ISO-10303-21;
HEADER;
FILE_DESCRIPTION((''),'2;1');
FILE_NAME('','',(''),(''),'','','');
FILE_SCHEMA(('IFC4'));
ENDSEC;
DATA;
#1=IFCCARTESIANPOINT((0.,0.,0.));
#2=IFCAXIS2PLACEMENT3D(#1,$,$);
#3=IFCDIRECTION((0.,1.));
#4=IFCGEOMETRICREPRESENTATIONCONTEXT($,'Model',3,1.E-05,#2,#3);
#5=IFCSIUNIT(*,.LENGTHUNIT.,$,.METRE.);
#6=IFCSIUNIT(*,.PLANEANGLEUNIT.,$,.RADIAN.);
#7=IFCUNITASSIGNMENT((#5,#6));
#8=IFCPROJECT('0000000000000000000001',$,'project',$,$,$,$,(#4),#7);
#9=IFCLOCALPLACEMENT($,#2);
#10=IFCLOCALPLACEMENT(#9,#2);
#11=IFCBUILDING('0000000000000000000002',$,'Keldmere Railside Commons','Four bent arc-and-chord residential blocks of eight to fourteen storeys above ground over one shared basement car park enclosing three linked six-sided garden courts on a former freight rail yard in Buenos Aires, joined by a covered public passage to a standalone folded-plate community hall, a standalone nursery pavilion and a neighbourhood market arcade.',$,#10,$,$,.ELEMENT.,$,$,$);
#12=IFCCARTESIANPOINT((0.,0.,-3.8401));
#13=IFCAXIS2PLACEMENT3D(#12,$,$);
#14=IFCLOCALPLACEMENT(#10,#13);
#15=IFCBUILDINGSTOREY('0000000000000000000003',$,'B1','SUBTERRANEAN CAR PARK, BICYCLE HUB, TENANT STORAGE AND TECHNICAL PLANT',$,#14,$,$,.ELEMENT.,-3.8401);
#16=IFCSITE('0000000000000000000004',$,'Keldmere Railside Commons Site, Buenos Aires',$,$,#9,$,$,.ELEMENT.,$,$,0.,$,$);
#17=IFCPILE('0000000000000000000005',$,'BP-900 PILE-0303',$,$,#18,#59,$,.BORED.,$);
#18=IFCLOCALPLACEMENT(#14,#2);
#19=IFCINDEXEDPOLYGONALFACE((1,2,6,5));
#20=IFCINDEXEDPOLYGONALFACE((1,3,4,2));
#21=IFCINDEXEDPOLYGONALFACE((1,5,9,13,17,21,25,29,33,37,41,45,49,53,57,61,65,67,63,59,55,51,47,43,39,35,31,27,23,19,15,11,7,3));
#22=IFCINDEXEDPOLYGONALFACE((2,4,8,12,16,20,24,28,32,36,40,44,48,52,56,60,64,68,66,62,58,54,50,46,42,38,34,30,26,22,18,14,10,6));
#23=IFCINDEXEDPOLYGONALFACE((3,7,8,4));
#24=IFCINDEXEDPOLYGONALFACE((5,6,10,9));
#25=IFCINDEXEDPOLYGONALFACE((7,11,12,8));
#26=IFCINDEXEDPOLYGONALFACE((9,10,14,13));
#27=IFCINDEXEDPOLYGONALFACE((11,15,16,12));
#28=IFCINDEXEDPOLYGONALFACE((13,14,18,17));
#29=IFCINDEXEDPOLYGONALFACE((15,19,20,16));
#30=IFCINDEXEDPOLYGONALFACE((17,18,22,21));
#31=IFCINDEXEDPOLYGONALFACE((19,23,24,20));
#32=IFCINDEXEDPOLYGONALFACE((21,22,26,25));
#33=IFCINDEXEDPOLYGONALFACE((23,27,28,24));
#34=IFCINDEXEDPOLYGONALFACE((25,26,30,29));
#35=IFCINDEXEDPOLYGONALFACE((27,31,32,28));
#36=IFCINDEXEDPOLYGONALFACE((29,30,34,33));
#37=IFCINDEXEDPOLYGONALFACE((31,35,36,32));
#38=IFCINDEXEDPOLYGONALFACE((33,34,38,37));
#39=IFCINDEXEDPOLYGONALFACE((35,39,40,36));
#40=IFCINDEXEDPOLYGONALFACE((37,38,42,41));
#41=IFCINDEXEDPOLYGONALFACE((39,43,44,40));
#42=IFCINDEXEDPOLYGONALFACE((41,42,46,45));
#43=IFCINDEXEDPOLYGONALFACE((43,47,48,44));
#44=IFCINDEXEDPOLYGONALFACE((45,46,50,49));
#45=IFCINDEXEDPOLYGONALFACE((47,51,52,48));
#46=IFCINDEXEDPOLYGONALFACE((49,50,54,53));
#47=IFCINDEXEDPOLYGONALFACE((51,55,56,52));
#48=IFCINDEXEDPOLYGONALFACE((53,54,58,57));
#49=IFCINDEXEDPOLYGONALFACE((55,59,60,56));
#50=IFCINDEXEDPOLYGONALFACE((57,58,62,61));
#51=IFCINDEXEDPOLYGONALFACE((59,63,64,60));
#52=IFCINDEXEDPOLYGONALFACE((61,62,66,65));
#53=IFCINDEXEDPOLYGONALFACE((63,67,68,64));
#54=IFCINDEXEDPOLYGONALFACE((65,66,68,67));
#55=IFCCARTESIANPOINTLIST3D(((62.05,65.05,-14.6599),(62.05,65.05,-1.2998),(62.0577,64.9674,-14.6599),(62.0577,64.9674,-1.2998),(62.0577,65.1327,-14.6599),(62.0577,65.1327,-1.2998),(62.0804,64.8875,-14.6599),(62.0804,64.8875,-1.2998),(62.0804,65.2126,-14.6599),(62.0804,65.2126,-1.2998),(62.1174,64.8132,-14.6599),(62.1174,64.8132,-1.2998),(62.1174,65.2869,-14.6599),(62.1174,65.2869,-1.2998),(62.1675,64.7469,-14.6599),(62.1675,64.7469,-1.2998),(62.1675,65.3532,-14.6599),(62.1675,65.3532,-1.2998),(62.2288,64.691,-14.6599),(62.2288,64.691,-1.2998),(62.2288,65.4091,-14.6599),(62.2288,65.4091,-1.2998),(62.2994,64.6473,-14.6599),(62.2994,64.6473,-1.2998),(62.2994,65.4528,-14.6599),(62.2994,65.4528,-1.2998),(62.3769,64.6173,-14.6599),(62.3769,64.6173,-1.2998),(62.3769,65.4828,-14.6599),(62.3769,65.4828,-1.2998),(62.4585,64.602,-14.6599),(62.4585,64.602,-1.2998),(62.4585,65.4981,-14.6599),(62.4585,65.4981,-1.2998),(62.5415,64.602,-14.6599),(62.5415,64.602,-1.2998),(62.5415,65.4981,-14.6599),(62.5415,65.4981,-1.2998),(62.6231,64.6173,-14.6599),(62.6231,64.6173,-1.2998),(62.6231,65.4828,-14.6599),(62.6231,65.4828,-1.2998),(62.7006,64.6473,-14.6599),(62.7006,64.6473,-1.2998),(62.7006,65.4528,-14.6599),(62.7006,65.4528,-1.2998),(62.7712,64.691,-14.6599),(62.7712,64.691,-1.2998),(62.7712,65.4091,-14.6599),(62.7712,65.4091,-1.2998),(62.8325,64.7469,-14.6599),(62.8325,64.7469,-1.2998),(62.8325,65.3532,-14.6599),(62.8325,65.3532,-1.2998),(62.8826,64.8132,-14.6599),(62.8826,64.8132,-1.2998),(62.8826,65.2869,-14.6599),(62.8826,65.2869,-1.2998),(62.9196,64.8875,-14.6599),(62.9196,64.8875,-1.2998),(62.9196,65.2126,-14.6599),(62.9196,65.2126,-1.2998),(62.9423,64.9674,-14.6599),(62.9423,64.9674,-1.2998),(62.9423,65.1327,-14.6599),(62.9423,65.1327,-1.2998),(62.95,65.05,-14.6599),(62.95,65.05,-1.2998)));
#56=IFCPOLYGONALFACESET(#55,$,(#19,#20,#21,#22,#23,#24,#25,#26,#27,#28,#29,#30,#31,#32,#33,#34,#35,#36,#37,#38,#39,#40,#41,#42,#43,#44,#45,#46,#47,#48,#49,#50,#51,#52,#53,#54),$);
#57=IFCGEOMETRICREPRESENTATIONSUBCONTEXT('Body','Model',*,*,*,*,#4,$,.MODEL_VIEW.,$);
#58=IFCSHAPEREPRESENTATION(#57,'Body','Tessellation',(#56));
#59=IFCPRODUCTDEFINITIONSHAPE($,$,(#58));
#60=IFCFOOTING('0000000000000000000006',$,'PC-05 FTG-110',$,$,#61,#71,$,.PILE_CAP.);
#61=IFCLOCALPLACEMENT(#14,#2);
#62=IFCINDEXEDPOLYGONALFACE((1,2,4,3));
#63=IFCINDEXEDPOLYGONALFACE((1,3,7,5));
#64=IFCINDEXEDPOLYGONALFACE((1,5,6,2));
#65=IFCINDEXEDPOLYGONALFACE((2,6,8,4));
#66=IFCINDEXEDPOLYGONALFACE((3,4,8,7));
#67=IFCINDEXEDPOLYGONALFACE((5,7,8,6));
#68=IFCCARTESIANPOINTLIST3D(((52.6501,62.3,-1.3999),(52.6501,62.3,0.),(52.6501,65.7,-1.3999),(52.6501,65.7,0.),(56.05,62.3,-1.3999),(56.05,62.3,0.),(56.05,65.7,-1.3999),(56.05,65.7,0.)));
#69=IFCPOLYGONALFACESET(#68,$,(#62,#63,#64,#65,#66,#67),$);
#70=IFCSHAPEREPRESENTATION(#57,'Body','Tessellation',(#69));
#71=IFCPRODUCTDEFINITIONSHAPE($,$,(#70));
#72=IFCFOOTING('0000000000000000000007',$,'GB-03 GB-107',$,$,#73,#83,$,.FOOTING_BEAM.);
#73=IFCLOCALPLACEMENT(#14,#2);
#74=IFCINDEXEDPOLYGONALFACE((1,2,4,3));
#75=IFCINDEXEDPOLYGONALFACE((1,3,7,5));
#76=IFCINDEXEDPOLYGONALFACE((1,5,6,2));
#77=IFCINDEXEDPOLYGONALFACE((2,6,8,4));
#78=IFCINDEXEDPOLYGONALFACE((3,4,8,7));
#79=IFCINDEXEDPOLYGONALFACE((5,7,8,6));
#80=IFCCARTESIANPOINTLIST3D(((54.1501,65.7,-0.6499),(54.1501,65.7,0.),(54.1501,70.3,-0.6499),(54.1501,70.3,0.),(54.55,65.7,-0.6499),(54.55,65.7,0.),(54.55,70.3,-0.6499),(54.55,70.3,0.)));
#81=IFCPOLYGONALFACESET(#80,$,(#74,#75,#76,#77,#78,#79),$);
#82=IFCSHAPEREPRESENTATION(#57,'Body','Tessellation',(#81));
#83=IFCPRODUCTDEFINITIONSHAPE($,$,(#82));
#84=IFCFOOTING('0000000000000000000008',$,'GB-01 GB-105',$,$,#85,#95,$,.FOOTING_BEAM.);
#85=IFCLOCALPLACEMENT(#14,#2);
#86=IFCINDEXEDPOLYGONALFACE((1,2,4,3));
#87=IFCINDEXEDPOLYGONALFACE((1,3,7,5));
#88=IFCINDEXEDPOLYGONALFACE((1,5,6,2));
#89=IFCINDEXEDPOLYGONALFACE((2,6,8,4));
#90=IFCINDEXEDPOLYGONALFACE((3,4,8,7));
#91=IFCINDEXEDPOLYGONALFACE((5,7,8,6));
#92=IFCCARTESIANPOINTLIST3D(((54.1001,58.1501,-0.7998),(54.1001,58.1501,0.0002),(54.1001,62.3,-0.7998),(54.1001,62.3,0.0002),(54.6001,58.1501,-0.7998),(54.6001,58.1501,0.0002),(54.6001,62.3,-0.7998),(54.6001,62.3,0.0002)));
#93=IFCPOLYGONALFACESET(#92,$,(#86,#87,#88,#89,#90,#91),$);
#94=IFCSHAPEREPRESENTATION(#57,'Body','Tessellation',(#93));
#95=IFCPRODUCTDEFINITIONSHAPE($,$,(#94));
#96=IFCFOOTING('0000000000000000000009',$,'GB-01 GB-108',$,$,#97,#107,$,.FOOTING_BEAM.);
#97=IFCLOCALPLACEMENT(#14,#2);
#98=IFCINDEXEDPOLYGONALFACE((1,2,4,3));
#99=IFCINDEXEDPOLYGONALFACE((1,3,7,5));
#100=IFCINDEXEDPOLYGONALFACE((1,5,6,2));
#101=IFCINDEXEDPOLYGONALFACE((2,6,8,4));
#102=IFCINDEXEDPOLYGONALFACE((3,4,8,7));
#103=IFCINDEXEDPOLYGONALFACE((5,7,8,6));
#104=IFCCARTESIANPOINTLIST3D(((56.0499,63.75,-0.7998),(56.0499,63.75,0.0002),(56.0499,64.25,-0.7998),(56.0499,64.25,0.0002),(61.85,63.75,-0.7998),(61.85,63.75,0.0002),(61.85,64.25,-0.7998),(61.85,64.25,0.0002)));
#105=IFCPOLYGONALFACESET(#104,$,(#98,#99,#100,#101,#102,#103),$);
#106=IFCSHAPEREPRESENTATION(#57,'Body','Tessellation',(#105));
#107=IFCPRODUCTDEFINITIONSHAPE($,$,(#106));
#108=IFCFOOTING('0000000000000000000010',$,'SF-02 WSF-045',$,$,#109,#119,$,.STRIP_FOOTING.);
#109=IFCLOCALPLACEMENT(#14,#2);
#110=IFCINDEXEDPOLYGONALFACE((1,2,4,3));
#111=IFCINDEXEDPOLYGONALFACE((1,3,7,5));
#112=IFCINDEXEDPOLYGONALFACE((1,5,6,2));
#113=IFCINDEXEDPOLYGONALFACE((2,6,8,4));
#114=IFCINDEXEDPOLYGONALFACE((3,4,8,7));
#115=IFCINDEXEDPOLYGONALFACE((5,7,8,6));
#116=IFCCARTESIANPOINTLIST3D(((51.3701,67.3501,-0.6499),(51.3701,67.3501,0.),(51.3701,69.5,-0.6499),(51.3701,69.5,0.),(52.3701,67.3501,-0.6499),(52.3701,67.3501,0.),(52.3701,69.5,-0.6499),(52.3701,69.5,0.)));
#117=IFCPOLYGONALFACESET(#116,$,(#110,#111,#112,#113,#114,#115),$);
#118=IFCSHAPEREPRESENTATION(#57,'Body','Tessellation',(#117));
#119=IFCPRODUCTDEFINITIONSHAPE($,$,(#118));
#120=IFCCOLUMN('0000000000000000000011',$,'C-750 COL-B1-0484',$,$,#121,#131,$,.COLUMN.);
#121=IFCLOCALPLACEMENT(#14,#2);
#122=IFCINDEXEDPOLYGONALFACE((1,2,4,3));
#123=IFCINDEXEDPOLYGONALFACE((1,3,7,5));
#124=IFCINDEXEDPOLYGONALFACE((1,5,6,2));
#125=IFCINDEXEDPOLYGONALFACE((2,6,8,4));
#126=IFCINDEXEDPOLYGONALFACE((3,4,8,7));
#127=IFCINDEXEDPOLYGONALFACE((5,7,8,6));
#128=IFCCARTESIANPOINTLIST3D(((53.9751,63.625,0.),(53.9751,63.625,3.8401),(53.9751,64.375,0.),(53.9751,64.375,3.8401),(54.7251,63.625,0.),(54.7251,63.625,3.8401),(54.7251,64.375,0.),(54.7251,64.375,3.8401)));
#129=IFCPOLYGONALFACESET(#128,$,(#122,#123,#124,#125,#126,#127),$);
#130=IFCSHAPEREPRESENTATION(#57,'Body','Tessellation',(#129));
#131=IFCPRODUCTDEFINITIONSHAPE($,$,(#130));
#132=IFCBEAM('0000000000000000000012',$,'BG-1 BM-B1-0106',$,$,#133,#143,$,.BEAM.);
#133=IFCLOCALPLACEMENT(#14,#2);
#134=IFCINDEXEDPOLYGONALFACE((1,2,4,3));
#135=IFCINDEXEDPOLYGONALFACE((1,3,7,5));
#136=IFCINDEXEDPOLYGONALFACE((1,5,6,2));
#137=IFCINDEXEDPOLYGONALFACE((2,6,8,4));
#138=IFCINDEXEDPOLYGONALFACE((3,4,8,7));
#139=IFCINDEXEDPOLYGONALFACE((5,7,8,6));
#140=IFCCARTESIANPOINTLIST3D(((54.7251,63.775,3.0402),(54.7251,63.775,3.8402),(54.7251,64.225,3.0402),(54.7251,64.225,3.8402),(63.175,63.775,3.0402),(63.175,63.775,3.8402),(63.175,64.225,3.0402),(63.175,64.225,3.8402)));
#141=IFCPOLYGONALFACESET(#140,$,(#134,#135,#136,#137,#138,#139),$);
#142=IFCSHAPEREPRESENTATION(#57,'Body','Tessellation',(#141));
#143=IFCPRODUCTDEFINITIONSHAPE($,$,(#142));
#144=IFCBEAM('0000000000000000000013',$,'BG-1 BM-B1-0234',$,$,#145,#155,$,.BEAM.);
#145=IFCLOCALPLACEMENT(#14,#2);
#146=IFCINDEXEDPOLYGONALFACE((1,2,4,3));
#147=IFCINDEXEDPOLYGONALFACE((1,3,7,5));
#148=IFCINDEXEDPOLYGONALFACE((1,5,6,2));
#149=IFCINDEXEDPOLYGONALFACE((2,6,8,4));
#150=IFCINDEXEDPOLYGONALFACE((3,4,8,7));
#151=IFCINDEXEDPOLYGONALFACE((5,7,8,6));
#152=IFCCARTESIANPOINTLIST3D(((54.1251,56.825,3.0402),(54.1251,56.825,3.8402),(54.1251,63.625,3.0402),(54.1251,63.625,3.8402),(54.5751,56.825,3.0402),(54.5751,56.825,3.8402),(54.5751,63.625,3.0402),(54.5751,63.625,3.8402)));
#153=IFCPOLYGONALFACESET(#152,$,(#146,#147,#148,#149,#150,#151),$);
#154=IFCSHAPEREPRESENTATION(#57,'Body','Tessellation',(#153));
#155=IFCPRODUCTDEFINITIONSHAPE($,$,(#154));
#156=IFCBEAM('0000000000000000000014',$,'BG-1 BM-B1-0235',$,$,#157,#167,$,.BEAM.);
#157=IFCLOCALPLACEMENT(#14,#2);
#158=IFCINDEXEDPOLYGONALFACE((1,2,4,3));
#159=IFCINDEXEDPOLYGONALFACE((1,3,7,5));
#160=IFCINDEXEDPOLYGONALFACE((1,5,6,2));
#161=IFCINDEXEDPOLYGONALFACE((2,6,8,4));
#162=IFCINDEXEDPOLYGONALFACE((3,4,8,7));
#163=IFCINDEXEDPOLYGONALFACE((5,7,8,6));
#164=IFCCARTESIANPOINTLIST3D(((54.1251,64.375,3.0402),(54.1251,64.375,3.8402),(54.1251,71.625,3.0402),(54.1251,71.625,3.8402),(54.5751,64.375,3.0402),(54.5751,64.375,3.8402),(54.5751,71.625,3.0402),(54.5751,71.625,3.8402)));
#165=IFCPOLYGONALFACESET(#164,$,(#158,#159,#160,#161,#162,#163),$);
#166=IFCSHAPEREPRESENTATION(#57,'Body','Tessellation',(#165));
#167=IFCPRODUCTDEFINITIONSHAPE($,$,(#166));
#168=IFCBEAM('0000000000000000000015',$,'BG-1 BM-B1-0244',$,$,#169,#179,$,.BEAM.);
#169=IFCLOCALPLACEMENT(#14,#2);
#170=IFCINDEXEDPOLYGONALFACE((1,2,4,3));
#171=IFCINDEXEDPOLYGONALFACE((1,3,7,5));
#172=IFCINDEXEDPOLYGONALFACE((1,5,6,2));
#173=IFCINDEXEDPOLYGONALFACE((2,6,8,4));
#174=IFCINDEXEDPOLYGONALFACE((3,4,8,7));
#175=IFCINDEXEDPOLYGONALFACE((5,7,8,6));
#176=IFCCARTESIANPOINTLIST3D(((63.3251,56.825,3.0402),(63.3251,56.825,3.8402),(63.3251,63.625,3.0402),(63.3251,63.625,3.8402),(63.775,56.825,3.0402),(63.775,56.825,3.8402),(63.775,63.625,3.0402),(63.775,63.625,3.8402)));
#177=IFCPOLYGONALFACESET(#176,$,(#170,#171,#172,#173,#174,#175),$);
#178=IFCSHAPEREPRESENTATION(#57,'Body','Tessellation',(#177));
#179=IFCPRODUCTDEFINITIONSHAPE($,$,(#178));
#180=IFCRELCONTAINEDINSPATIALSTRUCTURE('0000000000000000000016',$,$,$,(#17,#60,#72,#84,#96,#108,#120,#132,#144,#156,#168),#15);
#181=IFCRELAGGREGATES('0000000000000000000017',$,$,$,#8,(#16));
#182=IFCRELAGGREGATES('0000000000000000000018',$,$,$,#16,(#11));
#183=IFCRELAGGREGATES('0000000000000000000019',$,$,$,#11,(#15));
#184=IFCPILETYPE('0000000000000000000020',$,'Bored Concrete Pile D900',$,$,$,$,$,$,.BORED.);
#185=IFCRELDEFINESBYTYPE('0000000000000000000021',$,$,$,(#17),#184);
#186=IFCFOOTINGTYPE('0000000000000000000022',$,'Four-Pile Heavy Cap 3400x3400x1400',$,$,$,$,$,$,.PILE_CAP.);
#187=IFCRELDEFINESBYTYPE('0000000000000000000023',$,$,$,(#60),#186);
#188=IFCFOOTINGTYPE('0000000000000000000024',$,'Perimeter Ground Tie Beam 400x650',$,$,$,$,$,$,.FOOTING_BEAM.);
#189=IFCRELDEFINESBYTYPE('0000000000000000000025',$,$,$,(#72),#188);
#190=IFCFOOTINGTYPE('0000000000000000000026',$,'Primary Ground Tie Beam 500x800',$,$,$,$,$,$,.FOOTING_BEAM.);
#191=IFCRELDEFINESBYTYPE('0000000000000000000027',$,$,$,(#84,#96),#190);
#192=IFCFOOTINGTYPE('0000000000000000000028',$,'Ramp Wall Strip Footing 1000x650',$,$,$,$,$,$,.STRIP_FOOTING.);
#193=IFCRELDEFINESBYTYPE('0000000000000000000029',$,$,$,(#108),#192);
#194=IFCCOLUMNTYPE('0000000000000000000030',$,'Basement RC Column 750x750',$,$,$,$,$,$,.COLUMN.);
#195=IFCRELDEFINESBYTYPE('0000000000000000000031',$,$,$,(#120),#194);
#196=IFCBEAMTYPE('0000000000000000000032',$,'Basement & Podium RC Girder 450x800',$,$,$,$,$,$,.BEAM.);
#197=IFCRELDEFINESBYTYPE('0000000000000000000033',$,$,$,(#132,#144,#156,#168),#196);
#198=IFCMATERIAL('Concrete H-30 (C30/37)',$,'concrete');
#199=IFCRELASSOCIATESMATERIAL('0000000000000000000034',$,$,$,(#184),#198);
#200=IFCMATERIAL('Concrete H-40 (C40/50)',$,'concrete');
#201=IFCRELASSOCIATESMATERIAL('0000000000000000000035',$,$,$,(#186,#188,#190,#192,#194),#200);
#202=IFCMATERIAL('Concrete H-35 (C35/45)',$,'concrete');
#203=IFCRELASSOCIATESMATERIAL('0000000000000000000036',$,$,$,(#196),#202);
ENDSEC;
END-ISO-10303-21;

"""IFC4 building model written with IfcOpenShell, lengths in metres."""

from ifc_helpers import new_model, si_unit, direction, frame, origin, origin_2d, place, context, subcontext, project, spatial, rectangle, circle, extrude, material, material_profile, profile_set, type_object, element, save


model = new_model("IFC4")

# Units and contexts
model_context = context("Model", 3, precision=1e-05, world=origin(), true_north=direction((0.0, 1.0)))
body_context = subcontext(model_context, "Body", "Model", "MODEL_VIEW")
ifc_project = project(units=[si_unit("LENGTHUNIT", "METRE"), si_unit("PLANEANGLEUNIT", "RADIAN")], contexts=[model_context])

# Site, building, storey
site_placement = place(None, origin())
site = spatial("IfcSite", under=ifc_project, at=site_placement, Name="Keldmere Railside Commons Site, Buenos Aires", CompositionType="ELEMENT", RefElevation=0.0)
building_placement = place(site_placement, origin())
building = spatial("IfcBuilding", under=site, at=building_placement, Name="Keldmere Railside Commons", Description="Four bent arc-and-chord residential blocks of eight to fourteen storeys above ground over one shared basement car park enclosing three linked six-sided garden courts on a former freight rail yard in Buenos Aires, joined by a covered public passage to a standalone folded-plate community hall, a standalone nursery pavilion and a neighbourhood market arcade.", CompositionType="ELEMENT")
storey_placement = place(building_placement, frame((0.0, 0.0, -3.8401)))
storey = spatial("IfcBuildingStorey", under=building, at=storey_placement, Name="B1", Description="SUBTERRANEAN CAR PARK, BICYCLE HUB, TENANT STORAGE AND TECHNICAL PLANT", CompositionType="ELEMENT", Elevation=-3.8401)

# Pile
ifc_material_1 = material(Name="Concrete H-30 (C30/37)", Category="concrete")
ifc_material_profile_1 = material_profile(ifc_material_1, circle(Radius=0.45, at=origin_2d()), Name="PILE-D900")
ifc_profile_set_1 = profile_set([ifc_material_profile_1], Name="Concrete H-30 (C30/37)")
pile_type = type_object("IfcPileType", Name="Bored Concrete Pile D900", PredefinedType="BORED", material=ifc_profile_set_1)
for number, where, z_axis, x_axis, name in (
    (1, (62.5, 65.05, -1.2998), (0.0, 0.0, -1.0), (1.0, 0.0, 0.0), "BP-900 PILE-0303"),
):
    element("IfcPile", number, at=place(storey_placement, frame(where, z_axis=z_axis, x_axis=x_axis)), inside=storey, type_object=pile_type, Name=name, PredefinedType="BORED", context=body_context, shape_type="SweptSolid", body=[
        extrude(circle(Radius=0.45, at=origin_2d()), origin(), (0.0, 0.0, 1.0), 13.3601),
    ])

# Footings
ifc_material_2 = material(Name="Concrete H-40 (C40/50)", Category="concrete")
footing_type_1 = type_object("IfcFootingType", Name="Four-Pile Heavy Cap 3400x3400x1400", PredefinedType="PILE_CAP", material=ifc_material_2)
footing_1_placement = place(storey_placement, frame((54.3501, 64.0, -1.3999), z_axis=(0.0, 0.0, 1.0), x_axis=(1.0, 0.0, 0.0)))
element("IfcFooting", 2, at=footing_1_placement, inside=storey, type_object=footing_type_1, Name="PC-05 FTG-110", PredefinedType="PILE_CAP", context=body_context, shape_type="SweptSolid", body=[
    extrude(rectangle(XDim=3.3999, YDim=3.3999, at=origin_2d()), origin(), (0.0, 0.0, 1.0), 1.3999),
])
footing_type_2 = type_object("IfcFootingType", Name="Perimeter Ground Tie Beam 400x650", PredefinedType="FOOTING_BEAM", material=ifc_material_2)
footing_2_placement = place(storey_placement, frame((54.3501, 68.0, -0.6499), z_axis=(0.0, 0.0, 1.0), x_axis=(0.0, 1.0, 0.0)))
element("IfcFooting", 3, at=footing_2_placement, inside=storey, type_object=footing_type_2, Name="GB-03 GB-107", PredefinedType="FOOTING_BEAM", context=body_context, shape_type="SweptSolid", body=[
    extrude(rectangle(XDim=4.6001, YDim=0.3999, at=origin_2d()), origin(), (0.0, 0.0, 1.0), 0.6499),
])
footing_type_3 = type_object("IfcFootingType", Name="Primary Ground Tie Beam 500x800", PredefinedType="FOOTING_BEAM", material=ifc_material_2)
footing_3_placement = place(storey_placement, frame((54.3501, 60.2251, -0.7998), z_axis=(0.0, 0.0, 1.0), x_axis=(0.0, 1.0, 0.0)))
element("IfcFooting", 4, at=footing_3_placement, inside=storey, type_object=footing_type_3, Name="GB-01 GB-105", PredefinedType="FOOTING_BEAM", context=body_context, shape_type="SweptSolid", body=[
    extrude(rectangle(XDim=4.1499, YDim=0.5, at=origin_2d()), origin(), (0.0, 0.0, 1.0), 0.8),
])
footing_4_placement = place(storey_placement, frame((58.95, 64.0, -0.7998), z_axis=(0.0, 0.0, 1.0), x_axis=(1.0, 0.0, 0.0)))
element("IfcFooting", 5, at=footing_4_placement, inside=storey, type_object=footing_type_3, Name="GB-01 GB-108", PredefinedType="FOOTING_BEAM", context=body_context, shape_type="SweptSolid", body=[
    extrude(rectangle(XDim=5.8, YDim=0.5, at=origin_2d()), origin(), (0.0, 0.0, 1.0), 0.8),
])
footing_type_4 = type_object("IfcFootingType", Name="Ramp Wall Strip Footing 1000x650", PredefinedType="STRIP_FOOTING", material=ifc_material_2)
footing_5_placement = place(storey_placement, frame((51.8701, 68.425, -0.6499), z_axis=(0.0, 0.0, 1.0), x_axis=(0.0, 1.0, 0.0)))
element("IfcFooting", 6, at=footing_5_placement, inside=storey, type_object=footing_type_4, Name="SF-02 WSF-045", PredefinedType="STRIP_FOOTING", context=body_context, shape_type="SweptSolid", body=[
    extrude(rectangle(XDim=2.1499, YDim=1.0, at=origin_2d()), origin(), (0.0, 0.0, 1.0), 0.6499),
])

# Column
ifc_material_profile_2 = material_profile(ifc_material_2, rectangle(XDim=0.75, YDim=0.75, at=origin_2d()), Name="RC-750x750")
ifc_profile_set_2 = profile_set([ifc_material_profile_2], Name="Concrete H-40 (C40/50)")
column_type = type_object("IfcColumnType", Name="Basement RC Column 750x750", PredefinedType="COLUMN", material=ifc_profile_set_2)
column_placement = place(storey_placement, frame((54.3501, 64.0, 0.0), z_axis=(0.0, 0.0, 1.0), x_axis=(1.0, 0.0, 0.0)))
element("IfcColumn", 7, at=column_placement, inside=storey, type_object=column_type, Name="C-750 COL-B1-0484", PredefinedType="COLUMN", context=body_context, shape_type="SweptSolid", body=[
    extrude(rectangle(XDim=0.75, YDim=0.75, at=origin_2d()), origin(), (0.0, 0.0, 1.0), 3.8401),
])

# Beams
ifc_material_3 = material(Name="Concrete H-35 (C35/45)", Category="concrete")
ifc_material_profile_3 = material_profile(ifc_material_3, rectangle(XDim=0.45, YDim=0.8, at=origin_2d()), Name="RC-450x800")
ifc_profile_set_3 = profile_set([ifc_material_profile_3], Name="Concrete H-35 (C35/45)")
beam_type_1 = type_object("IfcBeamType", Name="Basement & Podium RC Girder 450x800", PredefinedType="BEAM", material=ifc_profile_set_3)
beam_1_placement = place(storey_placement, frame((54.7251, 64.0, 3.4402), z_axis=(1.0, 0.0, 0.0), x_axis=(0.0, 1.0, 0.0)))
element("IfcBeam", 8, at=beam_1_placement, inside=storey, type_object=beam_type_1, Name="BG-1 BM-B1-0106", PredefinedType="BEAM", context=body_context, shape_type="SweptSolid", body=[
    extrude(rectangle(XDim=0.45, YDim=0.8, at=origin_2d()), origin(), (0.0, 0.0, 1.0), 8.45),
])
beam_2_placement = place(storey_placement, frame((54.3501, 56.825, 3.4402), z_axis=(0.0, 1.0, 0.0), x_axis=(-1.0, 0.0, 0.0)))
element("IfcBeam", 9, at=beam_2_placement, inside=storey, type_object=beam_type_1, Name="BG-1 BM-B1-0234", PredefinedType="BEAM", context=body_context, shape_type="SweptSolid", body=[
    extrude(rectangle(XDim=0.45, YDim=0.8, at=origin_2d()), origin(), (0.0, 0.0, 1.0), 6.8),
])
beam_3_placement = place(storey_placement, frame((54.3501, 64.375, 3.4402), z_axis=(0.0, 1.0, 0.0), x_axis=(-1.0, 0.0, 0.0)))
element("IfcBeam", 10, at=beam_3_placement, inside=storey, type_object=beam_type_1, Name="BG-1 BM-B1-0235", PredefinedType="BEAM", context=body_context, shape_type="SweptSolid", body=[
    extrude(rectangle(XDim=0.45, YDim=0.8, at=origin_2d()), origin(), (0.0, 0.0, 1.0), 7.25),
])
beam_4_placement = place(storey_placement, frame((63.55, 56.825, 3.4402), z_axis=(0.0, 1.0, 0.0), x_axis=(-1.0, 0.0, 0.0)))
element("IfcBeam", 11, at=beam_4_placement, inside=storey, type_object=beam_type_1, Name="BG-1 BM-B1-0244", PredefinedType="BEAM", context=body_context, shape_type="SweptSolid", body=[
    extrude(rectangle(XDim=0.45, YDim=0.8, at=origin_2d()), origin(), (0.0, 0.0, 1.0), 6.8),
])

save(model, "model.ifc")
